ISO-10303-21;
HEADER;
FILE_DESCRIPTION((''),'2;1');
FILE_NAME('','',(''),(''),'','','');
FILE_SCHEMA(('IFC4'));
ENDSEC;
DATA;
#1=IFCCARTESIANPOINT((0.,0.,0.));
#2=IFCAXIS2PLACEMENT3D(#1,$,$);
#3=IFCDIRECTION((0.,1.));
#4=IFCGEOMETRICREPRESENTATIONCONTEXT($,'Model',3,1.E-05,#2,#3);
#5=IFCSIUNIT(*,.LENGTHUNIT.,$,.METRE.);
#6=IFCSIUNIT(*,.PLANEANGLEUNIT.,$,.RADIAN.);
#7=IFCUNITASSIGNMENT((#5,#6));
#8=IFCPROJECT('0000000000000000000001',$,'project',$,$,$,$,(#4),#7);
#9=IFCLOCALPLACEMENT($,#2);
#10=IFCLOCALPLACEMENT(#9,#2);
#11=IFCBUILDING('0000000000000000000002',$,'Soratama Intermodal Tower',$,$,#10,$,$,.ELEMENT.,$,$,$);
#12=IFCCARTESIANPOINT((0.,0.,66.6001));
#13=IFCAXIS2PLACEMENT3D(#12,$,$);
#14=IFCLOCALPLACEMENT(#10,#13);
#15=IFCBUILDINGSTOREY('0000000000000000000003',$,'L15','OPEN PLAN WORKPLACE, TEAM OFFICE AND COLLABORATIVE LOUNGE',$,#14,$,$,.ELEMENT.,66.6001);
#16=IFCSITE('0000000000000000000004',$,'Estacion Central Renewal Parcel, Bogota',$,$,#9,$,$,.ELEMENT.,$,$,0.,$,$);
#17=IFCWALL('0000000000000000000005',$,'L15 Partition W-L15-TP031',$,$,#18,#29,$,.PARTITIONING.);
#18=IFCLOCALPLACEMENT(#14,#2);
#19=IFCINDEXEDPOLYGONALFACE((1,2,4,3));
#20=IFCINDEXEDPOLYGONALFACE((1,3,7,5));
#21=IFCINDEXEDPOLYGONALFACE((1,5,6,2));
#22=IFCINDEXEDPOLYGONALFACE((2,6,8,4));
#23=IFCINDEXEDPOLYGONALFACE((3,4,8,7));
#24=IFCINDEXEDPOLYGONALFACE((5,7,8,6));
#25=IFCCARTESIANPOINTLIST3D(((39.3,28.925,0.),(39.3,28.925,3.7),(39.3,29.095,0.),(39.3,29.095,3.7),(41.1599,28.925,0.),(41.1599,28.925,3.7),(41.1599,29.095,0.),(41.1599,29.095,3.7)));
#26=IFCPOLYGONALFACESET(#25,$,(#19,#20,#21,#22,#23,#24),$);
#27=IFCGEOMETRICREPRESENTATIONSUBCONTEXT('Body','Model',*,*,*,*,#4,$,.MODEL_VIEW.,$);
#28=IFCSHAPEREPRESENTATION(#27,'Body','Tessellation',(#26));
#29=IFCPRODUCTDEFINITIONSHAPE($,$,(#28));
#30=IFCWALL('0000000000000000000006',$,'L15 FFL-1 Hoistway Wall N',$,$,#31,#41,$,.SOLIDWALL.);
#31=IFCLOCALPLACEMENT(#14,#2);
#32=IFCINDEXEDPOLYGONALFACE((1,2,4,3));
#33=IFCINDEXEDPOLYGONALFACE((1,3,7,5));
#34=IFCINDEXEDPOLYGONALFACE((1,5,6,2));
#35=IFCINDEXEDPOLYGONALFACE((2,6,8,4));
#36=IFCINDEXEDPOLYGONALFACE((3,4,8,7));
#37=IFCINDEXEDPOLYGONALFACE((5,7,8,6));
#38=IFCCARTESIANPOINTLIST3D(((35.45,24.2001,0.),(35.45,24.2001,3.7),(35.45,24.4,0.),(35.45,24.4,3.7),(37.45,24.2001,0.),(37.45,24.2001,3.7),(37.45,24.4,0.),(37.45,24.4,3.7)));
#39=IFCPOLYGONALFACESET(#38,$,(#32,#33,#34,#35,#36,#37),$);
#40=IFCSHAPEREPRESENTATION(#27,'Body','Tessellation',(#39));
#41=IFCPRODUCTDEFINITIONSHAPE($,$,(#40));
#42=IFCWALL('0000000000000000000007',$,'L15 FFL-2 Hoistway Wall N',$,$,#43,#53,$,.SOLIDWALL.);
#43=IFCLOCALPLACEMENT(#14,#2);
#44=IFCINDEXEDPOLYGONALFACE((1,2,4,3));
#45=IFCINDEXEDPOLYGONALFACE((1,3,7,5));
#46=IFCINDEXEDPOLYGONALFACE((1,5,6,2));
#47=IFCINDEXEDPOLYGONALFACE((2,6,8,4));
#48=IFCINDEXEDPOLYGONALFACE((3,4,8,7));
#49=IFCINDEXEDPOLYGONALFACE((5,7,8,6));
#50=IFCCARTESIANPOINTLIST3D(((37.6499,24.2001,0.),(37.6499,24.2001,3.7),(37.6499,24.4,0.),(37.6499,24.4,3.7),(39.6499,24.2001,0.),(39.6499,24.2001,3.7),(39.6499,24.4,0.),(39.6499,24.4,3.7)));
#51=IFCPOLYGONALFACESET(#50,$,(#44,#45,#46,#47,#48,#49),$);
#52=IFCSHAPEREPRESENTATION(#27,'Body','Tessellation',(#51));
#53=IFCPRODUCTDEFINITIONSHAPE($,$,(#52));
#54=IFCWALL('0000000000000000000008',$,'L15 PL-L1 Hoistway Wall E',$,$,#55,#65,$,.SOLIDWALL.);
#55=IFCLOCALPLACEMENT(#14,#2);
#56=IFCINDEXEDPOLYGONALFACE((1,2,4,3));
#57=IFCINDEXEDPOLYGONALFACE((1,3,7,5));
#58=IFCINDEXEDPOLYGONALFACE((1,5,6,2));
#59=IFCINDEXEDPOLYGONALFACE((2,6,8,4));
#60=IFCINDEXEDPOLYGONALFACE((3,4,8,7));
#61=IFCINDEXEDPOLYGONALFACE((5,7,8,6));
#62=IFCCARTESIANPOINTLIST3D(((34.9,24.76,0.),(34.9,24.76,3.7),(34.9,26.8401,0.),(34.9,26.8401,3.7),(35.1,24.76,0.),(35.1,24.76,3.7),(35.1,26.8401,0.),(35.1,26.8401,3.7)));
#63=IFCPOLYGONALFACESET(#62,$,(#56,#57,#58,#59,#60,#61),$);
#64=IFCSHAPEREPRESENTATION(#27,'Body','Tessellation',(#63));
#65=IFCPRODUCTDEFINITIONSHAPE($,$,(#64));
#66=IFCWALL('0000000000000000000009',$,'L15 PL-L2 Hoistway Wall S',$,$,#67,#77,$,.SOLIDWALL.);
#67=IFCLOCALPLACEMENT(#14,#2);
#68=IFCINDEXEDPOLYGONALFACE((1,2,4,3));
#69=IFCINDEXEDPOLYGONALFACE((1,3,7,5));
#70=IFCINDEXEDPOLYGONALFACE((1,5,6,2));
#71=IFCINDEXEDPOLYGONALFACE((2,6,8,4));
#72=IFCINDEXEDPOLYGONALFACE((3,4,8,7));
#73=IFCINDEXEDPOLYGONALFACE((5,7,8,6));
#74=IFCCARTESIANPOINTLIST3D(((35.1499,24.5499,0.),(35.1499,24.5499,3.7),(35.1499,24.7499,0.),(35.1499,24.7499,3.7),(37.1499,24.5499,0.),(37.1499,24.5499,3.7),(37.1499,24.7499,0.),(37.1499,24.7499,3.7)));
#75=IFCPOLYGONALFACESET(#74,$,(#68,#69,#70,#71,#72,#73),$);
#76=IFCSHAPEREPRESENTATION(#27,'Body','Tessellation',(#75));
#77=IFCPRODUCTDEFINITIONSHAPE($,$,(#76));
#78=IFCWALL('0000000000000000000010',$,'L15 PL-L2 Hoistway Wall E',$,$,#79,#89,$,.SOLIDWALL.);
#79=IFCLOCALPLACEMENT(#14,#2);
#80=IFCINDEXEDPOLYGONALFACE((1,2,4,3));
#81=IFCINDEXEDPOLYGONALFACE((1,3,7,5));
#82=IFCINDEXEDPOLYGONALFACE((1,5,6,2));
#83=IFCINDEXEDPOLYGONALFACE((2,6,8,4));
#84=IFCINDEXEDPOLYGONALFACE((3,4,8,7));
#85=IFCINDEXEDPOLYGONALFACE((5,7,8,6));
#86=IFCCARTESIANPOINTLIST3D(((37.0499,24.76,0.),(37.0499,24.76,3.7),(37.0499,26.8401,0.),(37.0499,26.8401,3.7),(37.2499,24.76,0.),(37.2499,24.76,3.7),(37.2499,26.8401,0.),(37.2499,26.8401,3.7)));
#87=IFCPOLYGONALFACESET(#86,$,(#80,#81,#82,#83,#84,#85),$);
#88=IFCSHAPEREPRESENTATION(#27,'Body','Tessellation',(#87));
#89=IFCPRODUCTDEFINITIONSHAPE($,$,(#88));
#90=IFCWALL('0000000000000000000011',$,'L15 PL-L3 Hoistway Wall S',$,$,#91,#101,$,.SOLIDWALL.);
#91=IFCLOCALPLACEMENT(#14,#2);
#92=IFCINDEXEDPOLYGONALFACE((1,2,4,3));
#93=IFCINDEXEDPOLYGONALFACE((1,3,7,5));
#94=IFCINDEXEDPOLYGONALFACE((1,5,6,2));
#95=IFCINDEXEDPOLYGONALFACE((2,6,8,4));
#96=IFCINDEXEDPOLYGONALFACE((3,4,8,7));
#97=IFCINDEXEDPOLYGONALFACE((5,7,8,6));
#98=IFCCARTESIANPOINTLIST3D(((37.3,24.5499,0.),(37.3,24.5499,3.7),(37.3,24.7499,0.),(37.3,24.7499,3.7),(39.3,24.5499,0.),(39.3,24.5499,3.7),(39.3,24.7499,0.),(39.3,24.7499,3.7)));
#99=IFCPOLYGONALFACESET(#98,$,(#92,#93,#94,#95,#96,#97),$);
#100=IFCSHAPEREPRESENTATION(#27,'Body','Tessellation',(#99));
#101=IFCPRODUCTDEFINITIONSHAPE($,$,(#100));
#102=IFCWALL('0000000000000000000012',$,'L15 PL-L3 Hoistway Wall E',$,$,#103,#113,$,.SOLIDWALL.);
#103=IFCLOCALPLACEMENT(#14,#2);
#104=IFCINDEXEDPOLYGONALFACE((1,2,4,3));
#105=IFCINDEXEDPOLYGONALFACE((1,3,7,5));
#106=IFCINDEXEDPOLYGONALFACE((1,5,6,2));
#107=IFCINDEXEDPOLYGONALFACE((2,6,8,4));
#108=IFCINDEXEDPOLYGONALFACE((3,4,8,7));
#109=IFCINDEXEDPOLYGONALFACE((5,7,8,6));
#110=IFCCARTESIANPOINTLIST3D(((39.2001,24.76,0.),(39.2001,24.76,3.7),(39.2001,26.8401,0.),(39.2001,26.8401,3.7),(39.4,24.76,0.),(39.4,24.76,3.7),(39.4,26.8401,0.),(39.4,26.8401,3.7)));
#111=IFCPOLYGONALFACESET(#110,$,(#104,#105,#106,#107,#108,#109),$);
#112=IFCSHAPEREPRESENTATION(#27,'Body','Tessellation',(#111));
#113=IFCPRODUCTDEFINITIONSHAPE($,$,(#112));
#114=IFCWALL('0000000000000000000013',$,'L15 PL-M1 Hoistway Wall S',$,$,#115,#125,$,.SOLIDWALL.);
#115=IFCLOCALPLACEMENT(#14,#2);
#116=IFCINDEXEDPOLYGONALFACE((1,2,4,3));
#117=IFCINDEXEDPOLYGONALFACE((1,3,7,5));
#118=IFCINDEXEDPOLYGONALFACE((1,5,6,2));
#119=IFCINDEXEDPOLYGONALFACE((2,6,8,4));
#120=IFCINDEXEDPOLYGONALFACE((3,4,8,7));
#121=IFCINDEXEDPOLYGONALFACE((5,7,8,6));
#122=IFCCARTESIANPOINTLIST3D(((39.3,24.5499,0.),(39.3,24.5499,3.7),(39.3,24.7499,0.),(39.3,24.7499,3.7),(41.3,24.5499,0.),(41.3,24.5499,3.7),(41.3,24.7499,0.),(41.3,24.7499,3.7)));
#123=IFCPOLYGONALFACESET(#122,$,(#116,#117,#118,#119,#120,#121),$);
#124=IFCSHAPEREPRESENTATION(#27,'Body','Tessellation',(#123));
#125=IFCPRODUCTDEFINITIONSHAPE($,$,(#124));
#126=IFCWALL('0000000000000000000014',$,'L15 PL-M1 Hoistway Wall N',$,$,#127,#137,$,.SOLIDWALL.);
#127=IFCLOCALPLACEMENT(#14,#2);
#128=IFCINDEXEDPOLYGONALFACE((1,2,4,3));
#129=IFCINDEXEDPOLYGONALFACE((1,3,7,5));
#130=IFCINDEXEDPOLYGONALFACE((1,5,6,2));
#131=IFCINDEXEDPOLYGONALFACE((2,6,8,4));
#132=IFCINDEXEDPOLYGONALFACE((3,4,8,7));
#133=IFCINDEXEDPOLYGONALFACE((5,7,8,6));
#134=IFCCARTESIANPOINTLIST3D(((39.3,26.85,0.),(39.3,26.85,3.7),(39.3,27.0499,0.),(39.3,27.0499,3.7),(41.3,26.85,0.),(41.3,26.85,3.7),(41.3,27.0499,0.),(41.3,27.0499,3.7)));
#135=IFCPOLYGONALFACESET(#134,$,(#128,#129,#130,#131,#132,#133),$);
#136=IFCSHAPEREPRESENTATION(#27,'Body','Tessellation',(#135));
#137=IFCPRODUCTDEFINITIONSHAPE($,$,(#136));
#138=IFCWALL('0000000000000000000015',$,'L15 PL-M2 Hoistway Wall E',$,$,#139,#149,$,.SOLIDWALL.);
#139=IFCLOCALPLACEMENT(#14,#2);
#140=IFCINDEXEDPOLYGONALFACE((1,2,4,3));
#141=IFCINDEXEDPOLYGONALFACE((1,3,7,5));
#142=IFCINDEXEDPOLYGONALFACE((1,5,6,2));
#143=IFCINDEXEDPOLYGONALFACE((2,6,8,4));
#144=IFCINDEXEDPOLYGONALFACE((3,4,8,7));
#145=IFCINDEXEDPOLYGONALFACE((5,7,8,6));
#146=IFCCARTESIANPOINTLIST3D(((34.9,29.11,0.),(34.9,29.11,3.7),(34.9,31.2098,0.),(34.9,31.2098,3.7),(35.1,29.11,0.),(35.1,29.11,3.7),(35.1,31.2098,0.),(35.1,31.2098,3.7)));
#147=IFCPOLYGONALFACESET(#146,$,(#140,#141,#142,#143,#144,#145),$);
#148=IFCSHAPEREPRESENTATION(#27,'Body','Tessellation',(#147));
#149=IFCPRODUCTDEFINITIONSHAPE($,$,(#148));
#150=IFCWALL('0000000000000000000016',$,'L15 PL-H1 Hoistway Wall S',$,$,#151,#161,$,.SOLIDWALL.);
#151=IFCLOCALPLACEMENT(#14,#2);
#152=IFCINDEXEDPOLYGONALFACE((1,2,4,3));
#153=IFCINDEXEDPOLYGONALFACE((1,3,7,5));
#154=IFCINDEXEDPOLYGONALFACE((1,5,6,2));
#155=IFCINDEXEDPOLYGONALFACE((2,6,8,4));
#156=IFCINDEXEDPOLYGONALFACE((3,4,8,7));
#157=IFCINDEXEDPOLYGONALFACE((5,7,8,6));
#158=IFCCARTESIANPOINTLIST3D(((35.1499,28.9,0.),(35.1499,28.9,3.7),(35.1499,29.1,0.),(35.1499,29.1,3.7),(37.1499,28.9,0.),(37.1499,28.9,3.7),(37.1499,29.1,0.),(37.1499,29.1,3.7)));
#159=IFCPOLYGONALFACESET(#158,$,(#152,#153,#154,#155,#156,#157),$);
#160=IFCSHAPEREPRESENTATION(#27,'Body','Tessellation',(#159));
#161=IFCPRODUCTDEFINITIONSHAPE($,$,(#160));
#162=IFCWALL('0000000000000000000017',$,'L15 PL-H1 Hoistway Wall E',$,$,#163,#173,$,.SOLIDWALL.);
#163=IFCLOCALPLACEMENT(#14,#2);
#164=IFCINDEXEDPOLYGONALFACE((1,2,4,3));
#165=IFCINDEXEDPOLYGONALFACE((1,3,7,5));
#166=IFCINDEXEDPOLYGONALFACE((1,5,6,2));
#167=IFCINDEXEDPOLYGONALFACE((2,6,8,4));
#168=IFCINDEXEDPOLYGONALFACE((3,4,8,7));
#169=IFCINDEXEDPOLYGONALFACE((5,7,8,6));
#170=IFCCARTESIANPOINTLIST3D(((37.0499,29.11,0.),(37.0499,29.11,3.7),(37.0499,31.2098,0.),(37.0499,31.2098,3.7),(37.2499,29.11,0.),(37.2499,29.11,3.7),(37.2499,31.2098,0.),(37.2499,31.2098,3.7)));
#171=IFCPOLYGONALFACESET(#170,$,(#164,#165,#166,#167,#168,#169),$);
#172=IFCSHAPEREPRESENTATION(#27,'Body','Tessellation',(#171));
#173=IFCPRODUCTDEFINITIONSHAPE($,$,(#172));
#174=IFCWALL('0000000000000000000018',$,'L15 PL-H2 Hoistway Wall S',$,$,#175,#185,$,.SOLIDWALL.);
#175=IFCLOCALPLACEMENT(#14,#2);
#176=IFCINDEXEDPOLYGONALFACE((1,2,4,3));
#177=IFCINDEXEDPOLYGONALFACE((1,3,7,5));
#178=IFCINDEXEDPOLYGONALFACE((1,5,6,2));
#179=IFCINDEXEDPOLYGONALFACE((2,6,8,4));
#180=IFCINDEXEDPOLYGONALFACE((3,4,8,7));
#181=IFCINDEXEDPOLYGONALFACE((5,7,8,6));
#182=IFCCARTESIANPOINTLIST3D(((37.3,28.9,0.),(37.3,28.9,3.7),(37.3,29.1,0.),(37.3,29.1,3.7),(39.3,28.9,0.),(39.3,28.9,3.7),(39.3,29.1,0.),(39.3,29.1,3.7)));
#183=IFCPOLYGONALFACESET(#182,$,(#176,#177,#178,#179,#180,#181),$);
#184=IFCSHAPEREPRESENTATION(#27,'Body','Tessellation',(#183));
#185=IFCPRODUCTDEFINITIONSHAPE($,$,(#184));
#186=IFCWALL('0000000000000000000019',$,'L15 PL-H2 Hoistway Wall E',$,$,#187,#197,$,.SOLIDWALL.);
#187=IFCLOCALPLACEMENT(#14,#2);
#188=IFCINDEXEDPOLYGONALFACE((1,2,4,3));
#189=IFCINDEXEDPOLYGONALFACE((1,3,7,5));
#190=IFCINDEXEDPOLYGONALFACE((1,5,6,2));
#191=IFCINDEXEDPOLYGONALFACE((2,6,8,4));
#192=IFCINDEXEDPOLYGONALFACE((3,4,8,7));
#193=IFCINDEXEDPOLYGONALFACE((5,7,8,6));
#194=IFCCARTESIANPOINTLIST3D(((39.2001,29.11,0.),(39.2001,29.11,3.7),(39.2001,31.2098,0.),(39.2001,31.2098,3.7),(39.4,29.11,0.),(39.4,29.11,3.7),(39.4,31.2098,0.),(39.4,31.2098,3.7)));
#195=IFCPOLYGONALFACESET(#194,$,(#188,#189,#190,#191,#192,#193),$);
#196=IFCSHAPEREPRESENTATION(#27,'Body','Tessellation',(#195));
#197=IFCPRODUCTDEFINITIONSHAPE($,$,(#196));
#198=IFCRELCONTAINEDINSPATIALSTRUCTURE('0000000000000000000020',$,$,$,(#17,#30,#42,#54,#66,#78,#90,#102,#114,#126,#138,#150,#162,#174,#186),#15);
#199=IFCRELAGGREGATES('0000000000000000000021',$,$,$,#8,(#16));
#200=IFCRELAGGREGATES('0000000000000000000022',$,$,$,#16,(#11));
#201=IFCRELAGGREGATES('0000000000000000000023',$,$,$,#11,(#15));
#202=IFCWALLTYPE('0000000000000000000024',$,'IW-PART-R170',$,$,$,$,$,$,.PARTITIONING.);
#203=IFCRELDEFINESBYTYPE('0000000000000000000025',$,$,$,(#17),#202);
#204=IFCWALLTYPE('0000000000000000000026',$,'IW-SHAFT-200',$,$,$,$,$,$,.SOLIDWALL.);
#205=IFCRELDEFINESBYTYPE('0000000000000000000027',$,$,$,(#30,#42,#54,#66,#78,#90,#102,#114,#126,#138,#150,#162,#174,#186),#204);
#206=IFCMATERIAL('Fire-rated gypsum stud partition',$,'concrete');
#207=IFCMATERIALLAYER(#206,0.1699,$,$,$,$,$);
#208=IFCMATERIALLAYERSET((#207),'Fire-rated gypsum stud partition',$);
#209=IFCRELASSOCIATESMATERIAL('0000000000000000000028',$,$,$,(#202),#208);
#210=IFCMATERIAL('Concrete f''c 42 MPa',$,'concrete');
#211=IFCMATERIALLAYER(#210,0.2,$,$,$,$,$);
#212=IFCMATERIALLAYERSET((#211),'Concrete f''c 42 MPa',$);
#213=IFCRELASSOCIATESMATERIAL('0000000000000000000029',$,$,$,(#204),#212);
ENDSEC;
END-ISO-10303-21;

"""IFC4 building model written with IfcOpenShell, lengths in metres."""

from ifc_helpers import new_model, si_unit, direction, frame, frame_2d, origin, place, context, subcontext, project, spatial, rectangle, extrude, material, layer, layer_set, type_object, element, save


model = new_model("IFC4")

# Units and contexts
model_context = context("Model", 3, precision=1e-05, world=origin(), true_north=direction((0.0, 1.0)))
body_context = subcontext(model_context, "Body", "Model", "MODEL_VIEW")
ifc_project = project(units=[si_unit("LENGTHUNIT", "METRE"), si_unit("PLANEANGLEUNIT", "RADIAN")], contexts=[model_context])

# Site, building, storey
site_placement = place(None, origin())
site = spatial("IfcSite", under=ifc_project, at=site_placement, Name="Estacion Central Renewal Parcel, Bogota", CompositionType="ELEMENT", RefElevation=0.0)
building_placement = place(site_placement, origin())
building = spatial("IfcBuilding", under=site, at=building_placement, Name="Soratama Intermodal Tower", CompositionType="ELEMENT")
storey_placement = place(building_placement, frame((0.0, 0.0, 66.6001)))
storey = spatial("IfcBuildingStorey", under=building, at=storey_placement, Name="L15", Description="OPEN PLAN WORKPLACE, TEAM OFFICE AND COLLABORATIVE LOUNGE", CompositionType="ELEMENT", Elevation=66.6001)

# Walls
ifc_material_1 = material(Name="Fire-rated gypsum stud partition", Category="concrete")
ifc_layer_1 = layer(ifc_material_1, 0.1699)
ifc_layer_set_1 = layer_set([ifc_layer_1], Name="Fire-rated gypsum stud partition")
wall_type_1 = type_object("IfcWallType", Name="IW-PART-R170", PredefinedType="PARTITIONING", material=ifc_layer_set_1)
wall_1_placement = place(storey_placement, frame((39.3, 29.01, 0.0), z_axis=(0.0, 0.0, 1.0), x_axis=(1.0, 0.0, 0.0)))
element("IfcWall", 1, at=wall_1_placement, inside=storey, type_object=wall_type_1, Name="L15 Partition W-L15-TP031", PredefinedType="PARTITIONING", context=body_context, shape_type="SweptSolid", body=[
    extrude(rectangle(XDim=1.8599, YDim=0.1699, at=frame_2d((0.9299, 0.0))), origin(), (0.0, 0.0, 1.0), 3.7),
])
ifc_material_2 = material(Name="Concrete f'c 42 MPa", Category="concrete")
ifc_layer_2 = layer(ifc_material_2, 0.2)
ifc_layer_set_2 = layer_set([ifc_layer_2], Name="Concrete f'c 42 MPa")
wall_type_2 = type_object("IfcWallType", Name="IW-SHAFT-200", PredefinedType="SOLIDWALL", material=ifc_layer_set_2)
for number, where, z_axis, x_axis, name in (
    (2, (35.45, 24.3, 0.0), (0.0, 0.0, 1.0), (1.0, 0.0, 0.0), "L15 FFL-1 Hoistway Wall N"),
    (3, (37.6499, 24.3, 0.0), (0.0, 0.0, 1.0), (1.0, 0.0, 0.0), "L15 FFL-2 Hoistway Wall N"),
):
    element("IfcWall", number, at=place(storey_placement, frame(where, z_axis=z_axis, x_axis=x_axis)), inside=storey, type_object=wall_type_2, Name=name, PredefinedType="SOLIDWALL", context=body_context, shape_type="SweptSolid", body=[
        extrude(rectangle(XDim=2.0, YDim=0.2, at=frame_2d((1.0, 0.0))), origin(), (0.0, 0.0, 1.0), 3.7),
    ])
wall_2_placement = place(storey_placement, frame((35.0, 24.76, 0.0), z_axis=(0.0, 0.0, 1.0), x_axis=(0.0, 1.0, 0.0)))
element("IfcWall", 4, at=wall_2_placement, inside=storey, type_object=wall_type_2, Name="L15 PL-L1 Hoistway Wall E", PredefinedType="SOLIDWALL", context=body_context, shape_type="SweptSolid", body=[
    extrude(rectangle(XDim=2.0801, YDim=0.2, at=frame_2d((1.04, 0.0))), origin(), (0.0, 0.0, 1.0), 3.7),
])
wall_3_placement = place(storey_placement, frame((35.1499, 24.6499, 0.0), z_axis=(0.0, 0.0, 1.0), x_axis=(1.0, 0.0, 0.0)))
element("IfcWall", 5, at=wall_3_placement, inside=storey, type_object=wall_type_2, Name="L15 PL-L2 Hoistway Wall S", PredefinedType="SOLIDWALL", context=body_context, shape_type="SweptSolid", body=[
    extrude(rectangle(XDim=2.0, YDim=0.2, at=frame_2d((1.0, 0.0))), origin(), (0.0, 0.0, 1.0), 3.7),
])

# Walls
wall_4_placement = place(storey_placement, frame((37.1499, 24.76, 0.0), z_axis=(0.0, 0.0, 1.0), x_axis=(0.0, 1.0, 0.0)))
element("IfcWall", 6, at=wall_4_placement, inside=storey, type_object=wall_type_2, Name="L15 PL-L2 Hoistway Wall E", PredefinedType="SOLIDWALL", context=body_context, shape_type="SweptSolid", body=[
    extrude(rectangle(XDim=2.0801, YDim=0.2, at=frame_2d((1.04, 0.0))), origin(), (0.0, 0.0, 1.0), 3.7),
])
wall_5_placement = place(storey_placement, frame((37.3, 24.6499, 0.0), z_axis=(0.0, 0.0, 1.0), x_axis=(1.0, 0.0, 0.0)))
element("IfcWall", 7, at=wall_5_placement, inside=storey, type_object=wall_type_2, Name="L15 PL-L3 Hoistway Wall S", PredefinedType="SOLIDWALL", context=body_context, shape_type="SweptSolid", body=[
    extrude(rectangle(XDim=2.0, YDim=0.2, at=frame_2d((1.0, 0.0))), origin(), (0.0, 0.0, 1.0), 3.7),
])

# Walls
wall_6_placement = place(storey_placement, frame((39.3, 24.76, 0.0), z_axis=(0.0, 0.0, 1.0), x_axis=(0.0, 1.0, 0.0)))
element("IfcWall", 8, at=wall_6_placement, inside=storey, type_object=wall_type_2, Name="L15 PL-L3 Hoistway Wall E", PredefinedType="SOLIDWALL", context=body_context, shape_type="SweptSolid", body=[
    extrude(rectangle(XDim=2.0801, YDim=0.2, at=frame_2d((1.04, 0.0))), origin(), (0.0, 0.0, 1.0), 3.7),
])
for number, where, z_axis, x_axis, name in (
    (9, (39.3, 24.6499, 0.0), (0.0, 0.0, 1.0), (1.0, 0.0, 0.0), "L15 PL-M1 Hoistway Wall S"),
    (10, (39.3, 26.95, 0.0), (0.0, 0.0, 1.0), (1.0, 0.0, 0.0), "L15 PL-M1 Hoistway Wall N"),
):
    element("IfcWall", number, at=place(storey_placement, frame(where, z_axis=z_axis, x_axis=x_axis)), inside=storey, type_object=wall_type_2, Name=name, PredefinedType="SOLIDWALL", context=body_context, shape_type="SweptSolid", body=[
        extrude(rectangle(XDim=2.0, YDim=0.2, at=frame_2d((1.0, 0.0))), origin(), (0.0, 0.0, 1.0), 3.7),
    ])
wall_7_placement = place(storey_placement, frame((35.0, 29.1101, 0.0), z_axis=(0.0, 0.0, 1.0), x_axis=(0.0, 1.0, 0.0)))
element("IfcWall", 11, at=wall_7_placement, inside=storey, type_object=wall_type_2, Name="L15 PL-M2 Hoistway Wall E", PredefinedType="SOLIDWALL", context=body_context, shape_type="SweptSolid", body=[
    extrude(rectangle(XDim=2.0999, YDim=0.2, at=frame_2d((1.0498, 0.0))), origin(), (0.0, 0.0, 1.0), 3.7),
])
wall_8_placement = place(storey_placement, frame((35.1499, 29.0, 0.0), z_axis=(0.0, 0.0, 1.0), x_axis=(1.0, 0.0, 0.0)))
element("IfcWall", 12, at=wall_8_placement, inside=storey, type_object=wall_type_2, Name="L15 PL-H1 Hoistway Wall S", PredefinedType="SOLIDWALL", context=body_context, shape_type="SweptSolid", body=[
    extrude(rectangle(XDim=2.0, YDim=0.2, at=frame_2d((1.0, 0.0))), origin(), (0.0, 0.0, 1.0), 3.7),
])
wall_9_placement = place(storey_placement, frame((37.1499, 29.1101, 0.0), z_axis=(0.0, 0.0, 1.0), x_axis=(0.0, 1.0, 0.0)))
element("IfcWall", 13, at=wall_9_placement, inside=storey, type_object=wall_type_2, Name="L15 PL-H1 Hoistway Wall E", PredefinedType="SOLIDWALL", context=body_context, shape_type="SweptSolid", body=[
    extrude(rectangle(XDim=2.0999, YDim=0.2, at=frame_2d((1.0498, 0.0))), origin(), (0.0, 0.0, 1.0), 3.7),
])
wall_10_placement = place(storey_placement, frame((37.3, 29.0, 0.0), z_axis=(0.0, 0.0, 1.0), x_axis=(1.0, 0.0, 0.0)))
element("IfcWall", 14, at=wall_10_placement, inside=storey, type_object=wall_type_2, Name="L15 PL-H2 Hoistway Wall S", PredefinedType="SOLIDWALL", context=body_context, shape_type="SweptSolid", body=[
    extrude(rectangle(XDim=2.0, YDim=0.2, at=frame_2d((1.0, 0.0))), origin(), (0.0, 0.0, 1.0), 3.7),
])
wall_11_placement = place(storey_placement, frame((39.3, 29.1101, 0.0), z_axis=(0.0, 0.0, 1.0), x_axis=(0.0, 1.0, 0.0)))
element("IfcWall", 15, at=wall_11_placement, inside=storey, type_object=wall_type_2, Name="L15 PL-H2 Hoistway Wall E", PredefinedType="SOLIDWALL", context=body_context, shape_type="SweptSolid", body=[
    extrude(rectangle(XDim=2.0999, YDim=0.2, at=frame_2d((1.0498, 0.0))), origin(), (0.0, 0.0, 1.0), 3.7),
])

save(model, "model.ifc")
